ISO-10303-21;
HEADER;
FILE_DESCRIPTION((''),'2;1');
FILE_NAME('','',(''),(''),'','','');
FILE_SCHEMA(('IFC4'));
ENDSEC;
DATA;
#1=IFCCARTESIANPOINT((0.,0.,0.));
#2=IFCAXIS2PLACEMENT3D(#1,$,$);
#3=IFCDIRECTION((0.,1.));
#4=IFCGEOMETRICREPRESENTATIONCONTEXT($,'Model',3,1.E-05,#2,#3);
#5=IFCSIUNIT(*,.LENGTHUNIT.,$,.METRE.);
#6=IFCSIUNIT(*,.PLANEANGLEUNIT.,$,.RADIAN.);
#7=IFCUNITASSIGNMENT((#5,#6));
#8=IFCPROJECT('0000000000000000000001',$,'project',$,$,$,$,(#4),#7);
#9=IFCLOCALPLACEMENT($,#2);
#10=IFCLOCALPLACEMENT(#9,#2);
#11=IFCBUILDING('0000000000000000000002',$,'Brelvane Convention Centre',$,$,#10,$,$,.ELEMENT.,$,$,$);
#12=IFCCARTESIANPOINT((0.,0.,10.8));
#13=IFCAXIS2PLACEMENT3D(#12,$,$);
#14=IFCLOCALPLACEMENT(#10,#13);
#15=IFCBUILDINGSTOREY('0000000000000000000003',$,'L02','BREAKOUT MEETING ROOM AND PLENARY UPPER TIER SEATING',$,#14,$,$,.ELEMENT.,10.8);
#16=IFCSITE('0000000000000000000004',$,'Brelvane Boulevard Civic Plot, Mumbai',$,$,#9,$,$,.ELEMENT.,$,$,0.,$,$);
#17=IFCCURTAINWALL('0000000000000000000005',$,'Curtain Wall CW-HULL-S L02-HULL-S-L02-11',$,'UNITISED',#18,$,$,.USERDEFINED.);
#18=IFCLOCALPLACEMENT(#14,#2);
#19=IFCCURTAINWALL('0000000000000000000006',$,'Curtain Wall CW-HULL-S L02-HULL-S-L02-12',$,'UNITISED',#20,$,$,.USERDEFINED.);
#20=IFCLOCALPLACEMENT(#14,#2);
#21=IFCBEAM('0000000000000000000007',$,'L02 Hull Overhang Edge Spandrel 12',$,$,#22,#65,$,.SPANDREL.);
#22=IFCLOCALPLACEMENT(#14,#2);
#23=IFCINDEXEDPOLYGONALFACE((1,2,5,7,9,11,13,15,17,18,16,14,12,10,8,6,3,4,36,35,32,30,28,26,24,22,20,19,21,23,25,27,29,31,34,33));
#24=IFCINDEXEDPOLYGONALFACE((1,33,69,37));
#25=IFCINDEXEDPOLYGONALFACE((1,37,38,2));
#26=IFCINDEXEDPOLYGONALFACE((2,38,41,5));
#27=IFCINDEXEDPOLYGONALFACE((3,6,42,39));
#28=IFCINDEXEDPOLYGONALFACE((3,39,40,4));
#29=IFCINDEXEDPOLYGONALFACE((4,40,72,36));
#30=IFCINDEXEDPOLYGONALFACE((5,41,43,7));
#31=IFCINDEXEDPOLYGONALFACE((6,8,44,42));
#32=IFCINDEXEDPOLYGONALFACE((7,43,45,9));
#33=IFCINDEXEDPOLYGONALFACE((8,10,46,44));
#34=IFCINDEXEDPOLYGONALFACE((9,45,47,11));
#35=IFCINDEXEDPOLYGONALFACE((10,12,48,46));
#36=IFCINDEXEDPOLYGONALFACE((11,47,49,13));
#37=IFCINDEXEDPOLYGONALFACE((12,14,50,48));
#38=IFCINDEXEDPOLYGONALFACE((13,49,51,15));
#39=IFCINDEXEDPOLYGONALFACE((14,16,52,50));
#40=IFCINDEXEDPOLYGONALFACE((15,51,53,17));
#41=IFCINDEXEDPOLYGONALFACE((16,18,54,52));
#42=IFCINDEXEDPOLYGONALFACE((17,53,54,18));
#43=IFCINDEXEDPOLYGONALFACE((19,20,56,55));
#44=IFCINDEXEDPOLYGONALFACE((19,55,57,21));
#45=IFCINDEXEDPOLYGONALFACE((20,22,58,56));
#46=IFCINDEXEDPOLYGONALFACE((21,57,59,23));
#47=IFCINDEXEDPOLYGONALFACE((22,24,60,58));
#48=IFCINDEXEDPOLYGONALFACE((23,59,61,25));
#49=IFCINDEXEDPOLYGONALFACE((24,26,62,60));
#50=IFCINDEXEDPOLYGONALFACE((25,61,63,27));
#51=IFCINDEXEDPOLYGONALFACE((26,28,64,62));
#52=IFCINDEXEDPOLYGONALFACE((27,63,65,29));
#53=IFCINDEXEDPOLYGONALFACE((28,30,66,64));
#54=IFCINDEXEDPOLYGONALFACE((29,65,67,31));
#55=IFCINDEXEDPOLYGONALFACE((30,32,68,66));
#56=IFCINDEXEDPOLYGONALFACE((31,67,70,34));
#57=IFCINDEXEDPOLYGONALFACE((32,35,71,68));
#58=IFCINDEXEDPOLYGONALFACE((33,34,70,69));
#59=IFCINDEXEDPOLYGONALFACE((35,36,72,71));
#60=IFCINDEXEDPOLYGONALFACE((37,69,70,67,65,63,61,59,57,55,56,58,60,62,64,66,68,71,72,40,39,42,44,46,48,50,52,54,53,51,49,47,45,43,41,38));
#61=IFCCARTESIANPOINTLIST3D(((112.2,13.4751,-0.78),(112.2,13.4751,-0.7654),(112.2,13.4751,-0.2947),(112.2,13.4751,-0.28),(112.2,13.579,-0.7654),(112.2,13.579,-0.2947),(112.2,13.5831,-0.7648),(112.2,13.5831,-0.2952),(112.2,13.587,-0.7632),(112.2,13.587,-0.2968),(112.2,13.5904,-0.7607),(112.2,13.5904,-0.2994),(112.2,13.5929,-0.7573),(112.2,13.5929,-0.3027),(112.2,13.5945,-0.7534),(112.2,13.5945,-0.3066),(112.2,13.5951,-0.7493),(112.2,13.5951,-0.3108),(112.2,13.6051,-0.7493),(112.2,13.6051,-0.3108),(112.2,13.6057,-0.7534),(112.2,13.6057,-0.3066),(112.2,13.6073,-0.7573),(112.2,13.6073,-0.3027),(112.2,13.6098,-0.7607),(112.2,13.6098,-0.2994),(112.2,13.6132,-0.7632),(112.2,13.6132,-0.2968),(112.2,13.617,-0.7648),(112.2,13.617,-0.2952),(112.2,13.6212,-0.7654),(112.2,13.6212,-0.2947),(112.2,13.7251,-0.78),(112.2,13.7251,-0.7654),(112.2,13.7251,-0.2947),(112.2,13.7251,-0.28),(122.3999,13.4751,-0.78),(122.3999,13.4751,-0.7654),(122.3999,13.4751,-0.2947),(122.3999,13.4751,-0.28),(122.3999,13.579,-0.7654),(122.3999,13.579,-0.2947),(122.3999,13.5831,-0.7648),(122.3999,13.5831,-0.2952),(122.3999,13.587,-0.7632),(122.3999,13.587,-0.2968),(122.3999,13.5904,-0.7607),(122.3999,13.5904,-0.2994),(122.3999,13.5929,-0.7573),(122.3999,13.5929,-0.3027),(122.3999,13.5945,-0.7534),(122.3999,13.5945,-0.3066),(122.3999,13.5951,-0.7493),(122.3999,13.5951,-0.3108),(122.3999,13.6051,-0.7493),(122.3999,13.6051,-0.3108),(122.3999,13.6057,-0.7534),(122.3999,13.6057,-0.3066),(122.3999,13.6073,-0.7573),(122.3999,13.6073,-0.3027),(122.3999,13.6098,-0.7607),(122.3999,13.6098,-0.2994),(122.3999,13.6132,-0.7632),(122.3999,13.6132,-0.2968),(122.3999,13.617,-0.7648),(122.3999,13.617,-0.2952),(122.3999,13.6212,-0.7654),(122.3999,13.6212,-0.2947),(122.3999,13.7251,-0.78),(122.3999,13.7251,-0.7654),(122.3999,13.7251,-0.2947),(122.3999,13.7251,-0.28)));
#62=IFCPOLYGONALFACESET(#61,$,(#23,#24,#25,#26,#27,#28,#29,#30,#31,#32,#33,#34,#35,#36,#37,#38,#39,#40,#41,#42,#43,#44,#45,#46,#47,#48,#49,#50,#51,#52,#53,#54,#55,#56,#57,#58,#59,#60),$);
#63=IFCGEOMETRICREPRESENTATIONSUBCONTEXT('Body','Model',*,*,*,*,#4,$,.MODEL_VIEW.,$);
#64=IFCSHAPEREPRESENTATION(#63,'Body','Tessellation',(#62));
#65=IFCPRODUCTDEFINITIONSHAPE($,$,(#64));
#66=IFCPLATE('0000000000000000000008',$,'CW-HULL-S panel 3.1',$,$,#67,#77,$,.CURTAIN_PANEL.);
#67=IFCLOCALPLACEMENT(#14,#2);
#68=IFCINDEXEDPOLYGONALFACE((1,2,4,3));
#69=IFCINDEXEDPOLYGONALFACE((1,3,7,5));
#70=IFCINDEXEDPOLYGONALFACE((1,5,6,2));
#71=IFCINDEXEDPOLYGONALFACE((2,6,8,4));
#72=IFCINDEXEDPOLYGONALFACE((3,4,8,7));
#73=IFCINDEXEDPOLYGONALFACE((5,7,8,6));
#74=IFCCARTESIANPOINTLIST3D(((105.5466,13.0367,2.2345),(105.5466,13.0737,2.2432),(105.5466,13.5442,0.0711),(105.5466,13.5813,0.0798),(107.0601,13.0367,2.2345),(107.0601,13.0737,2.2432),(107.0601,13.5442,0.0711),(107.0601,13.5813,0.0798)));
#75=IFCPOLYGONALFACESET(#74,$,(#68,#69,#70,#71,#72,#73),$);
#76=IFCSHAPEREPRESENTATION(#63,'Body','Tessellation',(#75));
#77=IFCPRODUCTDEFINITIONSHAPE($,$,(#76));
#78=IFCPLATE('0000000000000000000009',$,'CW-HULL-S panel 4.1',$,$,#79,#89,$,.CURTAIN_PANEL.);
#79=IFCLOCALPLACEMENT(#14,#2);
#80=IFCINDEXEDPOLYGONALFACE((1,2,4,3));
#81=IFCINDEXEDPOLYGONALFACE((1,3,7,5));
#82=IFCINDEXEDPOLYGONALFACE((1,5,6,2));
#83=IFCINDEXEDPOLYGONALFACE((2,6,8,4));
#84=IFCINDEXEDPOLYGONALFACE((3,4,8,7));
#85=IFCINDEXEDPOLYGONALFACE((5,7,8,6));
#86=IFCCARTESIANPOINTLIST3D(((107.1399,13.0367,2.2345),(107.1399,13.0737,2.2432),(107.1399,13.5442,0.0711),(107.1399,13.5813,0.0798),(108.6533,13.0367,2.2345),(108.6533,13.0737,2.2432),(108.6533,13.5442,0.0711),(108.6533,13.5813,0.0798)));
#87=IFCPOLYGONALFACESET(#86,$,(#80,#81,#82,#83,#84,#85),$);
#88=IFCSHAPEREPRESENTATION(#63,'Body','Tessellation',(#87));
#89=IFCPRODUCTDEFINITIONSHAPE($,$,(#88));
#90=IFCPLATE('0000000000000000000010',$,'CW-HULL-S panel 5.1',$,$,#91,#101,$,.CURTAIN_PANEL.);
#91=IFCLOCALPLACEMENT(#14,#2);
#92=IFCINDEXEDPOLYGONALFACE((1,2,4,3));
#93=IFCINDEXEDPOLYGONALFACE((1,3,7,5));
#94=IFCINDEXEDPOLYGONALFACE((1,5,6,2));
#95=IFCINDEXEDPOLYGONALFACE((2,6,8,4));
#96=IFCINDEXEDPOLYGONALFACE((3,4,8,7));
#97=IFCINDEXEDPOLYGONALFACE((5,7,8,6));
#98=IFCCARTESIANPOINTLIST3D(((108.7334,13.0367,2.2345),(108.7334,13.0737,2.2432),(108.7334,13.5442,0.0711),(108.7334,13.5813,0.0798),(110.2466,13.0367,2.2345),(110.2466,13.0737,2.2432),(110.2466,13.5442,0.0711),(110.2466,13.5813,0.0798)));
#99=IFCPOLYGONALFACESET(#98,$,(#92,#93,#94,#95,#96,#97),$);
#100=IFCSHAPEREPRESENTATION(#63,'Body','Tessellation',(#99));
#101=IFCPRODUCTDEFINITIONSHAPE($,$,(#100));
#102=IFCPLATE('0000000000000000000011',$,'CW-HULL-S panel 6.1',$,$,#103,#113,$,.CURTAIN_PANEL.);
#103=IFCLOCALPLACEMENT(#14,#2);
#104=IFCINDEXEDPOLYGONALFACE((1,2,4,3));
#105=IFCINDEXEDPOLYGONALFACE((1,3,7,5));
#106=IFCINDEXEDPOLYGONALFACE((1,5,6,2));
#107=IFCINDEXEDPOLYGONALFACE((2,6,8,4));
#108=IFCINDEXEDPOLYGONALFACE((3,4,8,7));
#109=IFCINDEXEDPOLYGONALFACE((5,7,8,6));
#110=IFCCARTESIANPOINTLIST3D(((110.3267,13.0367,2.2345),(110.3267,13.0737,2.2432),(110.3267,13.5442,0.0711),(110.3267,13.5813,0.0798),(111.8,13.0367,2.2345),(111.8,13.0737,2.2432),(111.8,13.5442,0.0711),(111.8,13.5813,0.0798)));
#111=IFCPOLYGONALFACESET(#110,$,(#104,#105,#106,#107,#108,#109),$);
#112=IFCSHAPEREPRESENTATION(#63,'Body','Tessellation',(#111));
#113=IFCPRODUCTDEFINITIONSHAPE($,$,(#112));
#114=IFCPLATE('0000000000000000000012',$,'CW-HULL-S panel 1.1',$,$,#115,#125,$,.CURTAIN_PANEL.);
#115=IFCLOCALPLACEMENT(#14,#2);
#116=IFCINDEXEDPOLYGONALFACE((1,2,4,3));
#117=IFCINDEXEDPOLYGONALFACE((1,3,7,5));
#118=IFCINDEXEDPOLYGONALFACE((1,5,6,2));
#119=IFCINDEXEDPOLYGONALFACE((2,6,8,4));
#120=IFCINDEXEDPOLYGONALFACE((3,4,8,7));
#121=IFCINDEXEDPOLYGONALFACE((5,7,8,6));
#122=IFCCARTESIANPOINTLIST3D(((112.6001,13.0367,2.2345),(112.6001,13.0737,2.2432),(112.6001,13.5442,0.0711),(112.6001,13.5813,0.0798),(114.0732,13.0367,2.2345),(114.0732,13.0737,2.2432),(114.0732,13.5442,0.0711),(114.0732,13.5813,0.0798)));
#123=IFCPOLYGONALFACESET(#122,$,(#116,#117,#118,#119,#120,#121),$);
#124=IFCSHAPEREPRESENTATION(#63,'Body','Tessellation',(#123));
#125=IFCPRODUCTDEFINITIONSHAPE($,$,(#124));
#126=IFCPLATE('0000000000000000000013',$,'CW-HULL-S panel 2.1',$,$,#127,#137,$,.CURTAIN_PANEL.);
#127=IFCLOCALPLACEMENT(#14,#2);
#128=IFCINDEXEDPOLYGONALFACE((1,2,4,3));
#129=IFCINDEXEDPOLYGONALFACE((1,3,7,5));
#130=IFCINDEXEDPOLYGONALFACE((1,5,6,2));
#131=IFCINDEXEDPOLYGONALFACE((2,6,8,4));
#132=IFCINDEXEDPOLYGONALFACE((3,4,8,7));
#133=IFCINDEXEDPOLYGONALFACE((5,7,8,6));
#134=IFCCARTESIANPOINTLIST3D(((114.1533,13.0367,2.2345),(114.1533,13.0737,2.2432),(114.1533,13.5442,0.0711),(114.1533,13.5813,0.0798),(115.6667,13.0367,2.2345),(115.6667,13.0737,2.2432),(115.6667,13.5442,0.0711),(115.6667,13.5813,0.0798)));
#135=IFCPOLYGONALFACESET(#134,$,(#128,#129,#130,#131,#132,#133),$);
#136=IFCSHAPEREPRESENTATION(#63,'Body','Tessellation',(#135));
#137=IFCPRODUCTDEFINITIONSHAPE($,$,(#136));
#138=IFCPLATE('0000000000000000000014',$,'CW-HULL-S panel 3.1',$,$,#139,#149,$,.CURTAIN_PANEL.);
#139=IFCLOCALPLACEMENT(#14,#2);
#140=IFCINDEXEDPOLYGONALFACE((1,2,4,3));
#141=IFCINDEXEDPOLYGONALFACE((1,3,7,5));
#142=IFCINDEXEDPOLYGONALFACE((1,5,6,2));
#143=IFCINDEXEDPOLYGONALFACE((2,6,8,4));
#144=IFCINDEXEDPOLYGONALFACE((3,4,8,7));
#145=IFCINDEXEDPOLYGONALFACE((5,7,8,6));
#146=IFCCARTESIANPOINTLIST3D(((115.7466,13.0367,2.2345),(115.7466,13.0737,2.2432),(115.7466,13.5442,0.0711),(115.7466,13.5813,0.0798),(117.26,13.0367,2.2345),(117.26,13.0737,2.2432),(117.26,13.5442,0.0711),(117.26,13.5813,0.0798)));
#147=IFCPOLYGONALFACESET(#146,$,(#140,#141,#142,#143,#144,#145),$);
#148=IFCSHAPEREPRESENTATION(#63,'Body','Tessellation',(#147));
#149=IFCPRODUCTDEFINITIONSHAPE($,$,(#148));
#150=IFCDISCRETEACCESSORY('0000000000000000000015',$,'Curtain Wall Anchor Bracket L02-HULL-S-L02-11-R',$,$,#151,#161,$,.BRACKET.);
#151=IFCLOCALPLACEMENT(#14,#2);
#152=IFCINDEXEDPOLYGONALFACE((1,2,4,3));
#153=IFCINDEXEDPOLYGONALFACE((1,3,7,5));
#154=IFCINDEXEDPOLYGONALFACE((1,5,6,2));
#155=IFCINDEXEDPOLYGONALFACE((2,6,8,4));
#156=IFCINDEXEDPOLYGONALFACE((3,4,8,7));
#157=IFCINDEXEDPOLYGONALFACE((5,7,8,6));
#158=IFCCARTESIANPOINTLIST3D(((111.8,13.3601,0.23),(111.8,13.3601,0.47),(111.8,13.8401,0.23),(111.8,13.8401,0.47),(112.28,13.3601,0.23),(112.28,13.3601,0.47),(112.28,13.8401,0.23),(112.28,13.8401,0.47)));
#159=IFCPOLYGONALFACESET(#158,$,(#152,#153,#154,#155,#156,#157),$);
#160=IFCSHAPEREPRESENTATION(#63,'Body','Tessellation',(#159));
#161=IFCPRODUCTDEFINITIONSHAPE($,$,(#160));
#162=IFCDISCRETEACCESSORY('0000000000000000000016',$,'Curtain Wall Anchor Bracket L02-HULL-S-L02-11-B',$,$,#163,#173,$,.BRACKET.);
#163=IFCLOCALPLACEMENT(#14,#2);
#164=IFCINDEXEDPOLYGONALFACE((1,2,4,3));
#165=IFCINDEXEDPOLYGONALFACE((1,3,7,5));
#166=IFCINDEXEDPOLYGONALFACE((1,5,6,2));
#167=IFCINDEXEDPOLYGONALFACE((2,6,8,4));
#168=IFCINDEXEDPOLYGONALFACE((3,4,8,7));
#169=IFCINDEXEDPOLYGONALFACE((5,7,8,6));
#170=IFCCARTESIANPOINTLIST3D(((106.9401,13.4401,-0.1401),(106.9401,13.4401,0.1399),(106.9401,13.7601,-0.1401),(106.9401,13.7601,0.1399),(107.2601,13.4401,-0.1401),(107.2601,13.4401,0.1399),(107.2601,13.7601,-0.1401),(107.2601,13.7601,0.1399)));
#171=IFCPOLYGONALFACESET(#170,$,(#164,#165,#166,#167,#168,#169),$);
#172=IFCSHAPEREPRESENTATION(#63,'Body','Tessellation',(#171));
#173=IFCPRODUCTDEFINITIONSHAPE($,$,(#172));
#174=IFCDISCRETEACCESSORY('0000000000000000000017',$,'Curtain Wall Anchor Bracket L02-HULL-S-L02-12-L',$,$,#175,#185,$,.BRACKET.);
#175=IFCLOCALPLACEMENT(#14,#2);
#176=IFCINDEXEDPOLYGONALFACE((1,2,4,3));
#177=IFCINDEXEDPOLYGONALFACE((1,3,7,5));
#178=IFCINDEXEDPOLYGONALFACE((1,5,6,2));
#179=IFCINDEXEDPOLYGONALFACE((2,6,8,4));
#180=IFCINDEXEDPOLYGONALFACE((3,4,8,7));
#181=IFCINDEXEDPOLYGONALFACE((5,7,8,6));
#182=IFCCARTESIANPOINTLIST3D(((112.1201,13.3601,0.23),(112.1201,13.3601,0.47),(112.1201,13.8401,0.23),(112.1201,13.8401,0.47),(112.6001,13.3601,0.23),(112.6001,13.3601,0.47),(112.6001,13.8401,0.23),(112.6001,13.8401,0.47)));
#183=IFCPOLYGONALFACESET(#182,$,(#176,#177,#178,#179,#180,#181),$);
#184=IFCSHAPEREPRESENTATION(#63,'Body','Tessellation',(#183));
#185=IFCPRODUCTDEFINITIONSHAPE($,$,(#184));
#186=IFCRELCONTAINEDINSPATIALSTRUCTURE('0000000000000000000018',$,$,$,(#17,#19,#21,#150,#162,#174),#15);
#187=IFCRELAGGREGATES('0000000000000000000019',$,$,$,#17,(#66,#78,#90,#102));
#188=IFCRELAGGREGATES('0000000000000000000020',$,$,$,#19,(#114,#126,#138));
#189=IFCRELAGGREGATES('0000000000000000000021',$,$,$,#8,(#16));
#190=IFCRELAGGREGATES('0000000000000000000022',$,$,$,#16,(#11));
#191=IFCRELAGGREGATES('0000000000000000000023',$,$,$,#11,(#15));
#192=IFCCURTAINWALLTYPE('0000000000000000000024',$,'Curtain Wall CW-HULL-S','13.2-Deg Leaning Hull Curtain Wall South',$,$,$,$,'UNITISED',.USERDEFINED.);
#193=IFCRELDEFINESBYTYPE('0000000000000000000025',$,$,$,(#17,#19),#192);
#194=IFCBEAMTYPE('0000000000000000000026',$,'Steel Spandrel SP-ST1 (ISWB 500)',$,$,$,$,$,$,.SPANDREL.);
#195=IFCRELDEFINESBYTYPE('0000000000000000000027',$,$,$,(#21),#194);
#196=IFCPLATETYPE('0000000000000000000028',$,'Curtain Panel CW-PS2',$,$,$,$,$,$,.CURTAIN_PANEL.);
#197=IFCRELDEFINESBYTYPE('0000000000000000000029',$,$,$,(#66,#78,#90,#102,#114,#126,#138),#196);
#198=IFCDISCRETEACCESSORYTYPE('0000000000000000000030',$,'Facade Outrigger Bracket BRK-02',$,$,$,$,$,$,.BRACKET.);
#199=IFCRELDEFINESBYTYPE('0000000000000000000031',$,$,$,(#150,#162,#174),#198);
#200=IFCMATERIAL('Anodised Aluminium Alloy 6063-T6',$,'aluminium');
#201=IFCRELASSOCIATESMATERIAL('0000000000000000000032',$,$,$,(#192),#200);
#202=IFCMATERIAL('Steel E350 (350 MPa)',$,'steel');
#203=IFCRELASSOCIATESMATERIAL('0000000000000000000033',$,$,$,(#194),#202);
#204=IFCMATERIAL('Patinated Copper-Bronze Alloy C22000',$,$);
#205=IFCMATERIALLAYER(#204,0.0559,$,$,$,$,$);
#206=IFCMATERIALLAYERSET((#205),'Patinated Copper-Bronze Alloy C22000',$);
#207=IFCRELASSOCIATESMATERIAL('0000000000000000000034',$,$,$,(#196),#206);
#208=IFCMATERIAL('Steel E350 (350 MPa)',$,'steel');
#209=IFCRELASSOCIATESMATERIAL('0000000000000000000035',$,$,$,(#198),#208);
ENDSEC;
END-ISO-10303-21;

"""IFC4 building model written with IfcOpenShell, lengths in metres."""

from ifc_helpers import new_model, si_unit, direction, frame, origin, origin_2d, place, context, subcontext, project, spatial, polyline, rectangle, i_section, outline, extrude, material, layer, layer_set, material_profile, profile_set, type_object, element, aggregate, save


model = new_model("IFC4")

# Units and contexts
model_context = context("Model", 3, precision=1e-05, world=origin(), true_north=direction((0.0, 1.0)))
body_context = subcontext(model_context, "Body", "Model", "MODEL_VIEW")
ifc_project = project(units=[si_unit("LENGTHUNIT", "METRE"), si_unit("PLANEANGLEUNIT", "RADIAN")], contexts=[model_context])

# Site, building, storey
site_placement = place(None, origin())
site = spatial("IfcSite", under=ifc_project, at=site_placement, Name="Brelvane Boulevard Civic Plot, Mumbai", CompositionType="ELEMENT", RefElevation=0.0)
building_placement = place(site_placement, origin())
building = spatial("IfcBuilding", under=site, at=building_placement, Name="Brelvane Convention Centre", CompositionType="ELEMENT")
storey_placement = place(building_placement, frame((0.0, 0.0, 10.8)))
storey = spatial("IfcBuildingStorey", under=building, at=storey_placement, Name="L02", Description="BREAKOUT MEETING ROOM AND PLENARY UPPER TIER SEATING", CompositionType="ELEMENT", Elevation=10.8)

# Curtain walls
ifc_material_1 = material(Name="Anodised Aluminium Alloy 6063-T6", Category="aluminium")
curtain_wall_type = type_object("IfcCurtainWallType", Name="Curtain Wall CW-HULL-S", Description="13.2-Deg Leaning Hull Curtain Wall South", ElementType="UNITISED", PredefinedType="USERDEFINED", material=ifc_material_1)
curtain_wall_1_placement = place(storey_placement, origin())
curtain_wall_1 = element("IfcCurtainWall", 1, at=curtain_wall_1_placement, inside=storey, type_object=curtain_wall_type, Name="Curtain Wall CW-HULL-S L02-HULL-S-L02-11", ObjectType="UNITISED", PredefinedType="USERDEFINED")
curtain_wall_2_placement = place(storey_placement, origin())
curtain_wall_2 = element("IfcCurtainWall", 2, at=curtain_wall_2_placement, inside=storey, type_object=curtain_wall_type, Name="Curtain Wall CW-HULL-S L02-HULL-S-L02-12", ObjectType="UNITISED", PredefinedType="USERDEFINED")

# Beam
ifc_material_2 = material(Name="Steel E350 (350 MPa)", Category="steel")
ifc_material_profile_1 = material_profile(ifc_material_2, i_section(OverallWidth=0.25, OverallDepth=0.5, WebThickness=0.01, FlangeThickness=0.0146, FilletRadius=0.0161, at=origin_2d()), Name="ISWB 500")
ifc_profile_set_1 = profile_set([ifc_material_profile_1], Name="Steel E350 (350 MPa)")
beam_type_1 = type_object("IfcBeamType", Name="Steel Spandrel SP-ST1 (ISWB 500)", PredefinedType="SPANDREL", material=ifc_profile_set_1)
beam_1_placement = place(storey_placement, frame((112.2, 13.6001, -0.53), z_axis=(1.0, 0.0, 0.0), x_axis=(0.0, 1.0, 0.0)))
element("IfcBeam", 3, at=beam_1_placement, inside=storey, type_object=beam_type_1, Name="L02 Hull Overhang Edge Spandrel 12", PredefinedType="SPANDREL", context=body_context, shape_type="SweptSolid", body=[
    extrude(i_section(OverallWidth=0.25, OverallDepth=0.5, WebThickness=0.01, FlangeThickness=0.0146, FilletRadius=0.0161, at=origin_2d()), origin(), (0.0, 0.0, 1.0), 10.2),
])

# Plates
ifc_material_3 = material(Name="Patinated Copper-Bronze Alloy C22000")
ifc_layer = layer(ifc_material_3, 0.0559)
ifc_layer_set = layer_set([ifc_layer], Name="Patinated Copper-Bronze Alloy C22000")
plate_type = type_object("IfcPlateType", Name="Curtain Panel CW-PS2", PredefinedType="CURTAIN_PANEL", material=ifc_layer_set)
plate_1_placement = place(storey_placement, frame((105.5466, 13.5813, 0.0798), z_axis=(0.0, 0.973563, 0.228421), x_axis=(1.0, 0.0, 0.0)))
plate_1 = element("IfcPlate", 4, at=plate_1_placement, type_object=plate_type, Name="CW-HULL-S panel 3.1", PredefinedType="CURTAIN_PANEL", context=body_context, shape_type="SweptSolid", body=[
    extrude(outline(polyline([(0.0, 0.0), (1.5134, 0.0), (1.5134, -2.2221), (0.0, -2.2221), (0.0, 0.0)])), origin(), (0.0, 0.0, -1.0), 0.0381),
])
plate_2_placement = place(storey_placement, frame((107.1399, 13.5813, 0.0798), z_axis=(0.0, 0.973563, 0.228421), x_axis=(1.0, 0.0, 0.0)))
plate_2 = element("IfcPlate", 5, at=plate_2_placement, type_object=plate_type, Name="CW-HULL-S panel 4.1", PredefinedType="CURTAIN_PANEL", context=body_context, shape_type="SweptSolid", body=[
    extrude(outline(polyline([(0.0, 0.0), (1.5134, 0.0), (1.5134, -2.2221), (0.0, -2.2221), (0.0, 0.0)])), origin(), (0.0, 0.0, -1.0), 0.0381),
])
plate_3_placement = place(storey_placement, frame((108.7334, 13.5813, 0.0798), z_axis=(0.0, 0.973563, 0.228421), x_axis=(1.0, 0.0, 0.0)))
plate_3 = element("IfcPlate", 6, at=plate_3_placement, type_object=plate_type, Name="CW-HULL-S panel 5.1", PredefinedType="CURTAIN_PANEL", context=body_context, shape_type="SweptSolid", body=[
    extrude(outline(polyline([(0.0, 0.0), (1.5132, 0.0), (1.5132, -2.2221), (0.0, -2.2221), (0.0, 0.0)])), origin(), (0.0, 0.0, -1.0), 0.0381),
])
plate_4_placement = place(storey_placement, frame((110.3267, 13.5813, 0.0798), z_axis=(0.0, 0.973563, 0.228421), x_axis=(1.0, 0.0, 0.0)))
plate_4 = element("IfcPlate", 7, at=plate_4_placement, type_object=plate_type, Name="CW-HULL-S panel 6.1", PredefinedType="CURTAIN_PANEL", context=body_context, shape_type="SweptSolid", body=[
    extrude(outline(polyline([(0.0, 0.0), (1.4734, 0.0), (1.4734, -2.2221), (0.0, -2.2221), (0.0, 0.0)])), origin(), (0.0, 0.0, -1.0), 0.0381),
])
aggregate(curtain_wall_1, [plate_1, plate_2, plate_3, plate_4])
plate_5_placement = place(storey_placement, frame((112.6001, 13.5813, 0.0798), z_axis=(0.0, 0.973563, 0.228421), x_axis=(1.0, 0.0, 0.0)))
plate_5 = element("IfcPlate", 8, at=plate_5_placement, type_object=plate_type, Name="CW-HULL-S panel 1.1", PredefinedType="CURTAIN_PANEL", context=body_context, shape_type="SweptSolid", body=[
    extrude(outline(polyline([(0.0, 0.0), (1.4731, 0.0), (1.4731, -2.2221), (0.0, -2.2221), (0.0, 0.0)])), origin(), (0.0, 0.0, -1.0), 0.0381),
])
plate_6_placement = place(storey_placement, frame((114.1533, 13.5813, 0.0798), z_axis=(0.0, 0.973563, 0.228421), x_axis=(1.0, 0.0, 0.0)))
plate_6 = element("IfcPlate", 9, at=plate_6_placement, type_object=plate_type, Name="CW-HULL-S panel 2.1", PredefinedType="CURTAIN_PANEL", context=body_context, shape_type="SweptSolid", body=[
    extrude(outline(polyline([(0.0, 0.0), (1.5134, 0.0), (1.5134, -2.2221), (0.0, -2.2221), (0.0, 0.0)])), origin(), (0.0, 0.0, -1.0), 0.0381),
])
plate_7_placement = place(storey_placement, frame((115.7466, 13.5813, 0.0798), z_axis=(0.0, 0.973563, 0.228421), x_axis=(1.0, 0.0, 0.0)))
plate_7 = element("IfcPlate", 10, at=plate_7_placement, type_object=plate_type, Name="CW-HULL-S panel 3.1", PredefinedType="CURTAIN_PANEL", context=body_context, shape_type="SweptSolid", body=[
    extrude(outline(polyline([(0.0, 0.0), (1.5134, 0.0), (1.5134, -2.2221), (0.0, -2.2221), (0.0, 0.0)])), origin(), (0.0, 0.0, -1.0), 0.0381),
])
aggregate(curtain_wall_2, [plate_5, plate_6, plate_7])

# Discrete accessories
ifc_material_4 = material(Name="Steel E350 (350 MPa)", Category="steel")
discrete_accessory_type = type_object("IfcDiscreteAccessoryType", Name="Facade Outrigger Bracket BRK-02", PredefinedType="BRACKET", material=ifc_material_4)
discrete_accessory_1_placement = place(storey_placement, frame((112.04, 13.6001, 0.23), z_axis=(0.0, 0.0, 1.0), x_axis=(1.0, 0.0, 0.0)))
element("IfcDiscreteAccessory", 11, at=discrete_accessory_1_placement, inside=storey, type_object=discrete_accessory_type, Name="Curtain Wall Anchor Bracket L02-HULL-S-L02-11-R", PredefinedType="BRACKET", context=body_context, shape_type="SweptSolid", body=[
    extrude(rectangle(XDim=0.48, YDim=0.48, at=origin_2d()), origin(), (0.0, 0.0, 1.0), 0.24),
])
discrete_accessory_2_placement = place(storey_placement, frame((107.1001, 13.6001, -0.1401), z_axis=(0.0, 0.0, 1.0), x_axis=(1.0, 0.0, 0.0)))
element("IfcDiscreteAccessory", 12, at=discrete_accessory_2_placement, inside=storey, type_object=discrete_accessory_type, Name="Curtain Wall Anchor Bracket L02-HULL-S-L02-11-B", PredefinedType="BRACKET", context=body_context, shape_type="SweptSolid", body=[
    extrude(rectangle(XDim=0.3201, YDim=0.3201, at=origin_2d()), origin(), (0.0, 0.0, 1.0), 0.28),
])
discrete_accessory_3_placement = place(storey_placement, frame((112.3601, 13.6001, 0.23), z_axis=(0.0, 0.0, 1.0), x_axis=(1.0, 0.0, 0.0)))
element("IfcDiscreteAccessory", 13, at=discrete_accessory_3_placement, inside=storey, type_object=discrete_accessory_type, Name="Curtain Wall Anchor Bracket L02-HULL-S-L02-12-L", PredefinedType="BRACKET", context=body_context, shape_type="SweptSolid", body=[
    extrude(rectangle(XDim=0.48, YDim=0.48, at=origin_2d()), origin(), (0.0, 0.0, 1.0), 0.24),
])

save(model, "model.ifc")
